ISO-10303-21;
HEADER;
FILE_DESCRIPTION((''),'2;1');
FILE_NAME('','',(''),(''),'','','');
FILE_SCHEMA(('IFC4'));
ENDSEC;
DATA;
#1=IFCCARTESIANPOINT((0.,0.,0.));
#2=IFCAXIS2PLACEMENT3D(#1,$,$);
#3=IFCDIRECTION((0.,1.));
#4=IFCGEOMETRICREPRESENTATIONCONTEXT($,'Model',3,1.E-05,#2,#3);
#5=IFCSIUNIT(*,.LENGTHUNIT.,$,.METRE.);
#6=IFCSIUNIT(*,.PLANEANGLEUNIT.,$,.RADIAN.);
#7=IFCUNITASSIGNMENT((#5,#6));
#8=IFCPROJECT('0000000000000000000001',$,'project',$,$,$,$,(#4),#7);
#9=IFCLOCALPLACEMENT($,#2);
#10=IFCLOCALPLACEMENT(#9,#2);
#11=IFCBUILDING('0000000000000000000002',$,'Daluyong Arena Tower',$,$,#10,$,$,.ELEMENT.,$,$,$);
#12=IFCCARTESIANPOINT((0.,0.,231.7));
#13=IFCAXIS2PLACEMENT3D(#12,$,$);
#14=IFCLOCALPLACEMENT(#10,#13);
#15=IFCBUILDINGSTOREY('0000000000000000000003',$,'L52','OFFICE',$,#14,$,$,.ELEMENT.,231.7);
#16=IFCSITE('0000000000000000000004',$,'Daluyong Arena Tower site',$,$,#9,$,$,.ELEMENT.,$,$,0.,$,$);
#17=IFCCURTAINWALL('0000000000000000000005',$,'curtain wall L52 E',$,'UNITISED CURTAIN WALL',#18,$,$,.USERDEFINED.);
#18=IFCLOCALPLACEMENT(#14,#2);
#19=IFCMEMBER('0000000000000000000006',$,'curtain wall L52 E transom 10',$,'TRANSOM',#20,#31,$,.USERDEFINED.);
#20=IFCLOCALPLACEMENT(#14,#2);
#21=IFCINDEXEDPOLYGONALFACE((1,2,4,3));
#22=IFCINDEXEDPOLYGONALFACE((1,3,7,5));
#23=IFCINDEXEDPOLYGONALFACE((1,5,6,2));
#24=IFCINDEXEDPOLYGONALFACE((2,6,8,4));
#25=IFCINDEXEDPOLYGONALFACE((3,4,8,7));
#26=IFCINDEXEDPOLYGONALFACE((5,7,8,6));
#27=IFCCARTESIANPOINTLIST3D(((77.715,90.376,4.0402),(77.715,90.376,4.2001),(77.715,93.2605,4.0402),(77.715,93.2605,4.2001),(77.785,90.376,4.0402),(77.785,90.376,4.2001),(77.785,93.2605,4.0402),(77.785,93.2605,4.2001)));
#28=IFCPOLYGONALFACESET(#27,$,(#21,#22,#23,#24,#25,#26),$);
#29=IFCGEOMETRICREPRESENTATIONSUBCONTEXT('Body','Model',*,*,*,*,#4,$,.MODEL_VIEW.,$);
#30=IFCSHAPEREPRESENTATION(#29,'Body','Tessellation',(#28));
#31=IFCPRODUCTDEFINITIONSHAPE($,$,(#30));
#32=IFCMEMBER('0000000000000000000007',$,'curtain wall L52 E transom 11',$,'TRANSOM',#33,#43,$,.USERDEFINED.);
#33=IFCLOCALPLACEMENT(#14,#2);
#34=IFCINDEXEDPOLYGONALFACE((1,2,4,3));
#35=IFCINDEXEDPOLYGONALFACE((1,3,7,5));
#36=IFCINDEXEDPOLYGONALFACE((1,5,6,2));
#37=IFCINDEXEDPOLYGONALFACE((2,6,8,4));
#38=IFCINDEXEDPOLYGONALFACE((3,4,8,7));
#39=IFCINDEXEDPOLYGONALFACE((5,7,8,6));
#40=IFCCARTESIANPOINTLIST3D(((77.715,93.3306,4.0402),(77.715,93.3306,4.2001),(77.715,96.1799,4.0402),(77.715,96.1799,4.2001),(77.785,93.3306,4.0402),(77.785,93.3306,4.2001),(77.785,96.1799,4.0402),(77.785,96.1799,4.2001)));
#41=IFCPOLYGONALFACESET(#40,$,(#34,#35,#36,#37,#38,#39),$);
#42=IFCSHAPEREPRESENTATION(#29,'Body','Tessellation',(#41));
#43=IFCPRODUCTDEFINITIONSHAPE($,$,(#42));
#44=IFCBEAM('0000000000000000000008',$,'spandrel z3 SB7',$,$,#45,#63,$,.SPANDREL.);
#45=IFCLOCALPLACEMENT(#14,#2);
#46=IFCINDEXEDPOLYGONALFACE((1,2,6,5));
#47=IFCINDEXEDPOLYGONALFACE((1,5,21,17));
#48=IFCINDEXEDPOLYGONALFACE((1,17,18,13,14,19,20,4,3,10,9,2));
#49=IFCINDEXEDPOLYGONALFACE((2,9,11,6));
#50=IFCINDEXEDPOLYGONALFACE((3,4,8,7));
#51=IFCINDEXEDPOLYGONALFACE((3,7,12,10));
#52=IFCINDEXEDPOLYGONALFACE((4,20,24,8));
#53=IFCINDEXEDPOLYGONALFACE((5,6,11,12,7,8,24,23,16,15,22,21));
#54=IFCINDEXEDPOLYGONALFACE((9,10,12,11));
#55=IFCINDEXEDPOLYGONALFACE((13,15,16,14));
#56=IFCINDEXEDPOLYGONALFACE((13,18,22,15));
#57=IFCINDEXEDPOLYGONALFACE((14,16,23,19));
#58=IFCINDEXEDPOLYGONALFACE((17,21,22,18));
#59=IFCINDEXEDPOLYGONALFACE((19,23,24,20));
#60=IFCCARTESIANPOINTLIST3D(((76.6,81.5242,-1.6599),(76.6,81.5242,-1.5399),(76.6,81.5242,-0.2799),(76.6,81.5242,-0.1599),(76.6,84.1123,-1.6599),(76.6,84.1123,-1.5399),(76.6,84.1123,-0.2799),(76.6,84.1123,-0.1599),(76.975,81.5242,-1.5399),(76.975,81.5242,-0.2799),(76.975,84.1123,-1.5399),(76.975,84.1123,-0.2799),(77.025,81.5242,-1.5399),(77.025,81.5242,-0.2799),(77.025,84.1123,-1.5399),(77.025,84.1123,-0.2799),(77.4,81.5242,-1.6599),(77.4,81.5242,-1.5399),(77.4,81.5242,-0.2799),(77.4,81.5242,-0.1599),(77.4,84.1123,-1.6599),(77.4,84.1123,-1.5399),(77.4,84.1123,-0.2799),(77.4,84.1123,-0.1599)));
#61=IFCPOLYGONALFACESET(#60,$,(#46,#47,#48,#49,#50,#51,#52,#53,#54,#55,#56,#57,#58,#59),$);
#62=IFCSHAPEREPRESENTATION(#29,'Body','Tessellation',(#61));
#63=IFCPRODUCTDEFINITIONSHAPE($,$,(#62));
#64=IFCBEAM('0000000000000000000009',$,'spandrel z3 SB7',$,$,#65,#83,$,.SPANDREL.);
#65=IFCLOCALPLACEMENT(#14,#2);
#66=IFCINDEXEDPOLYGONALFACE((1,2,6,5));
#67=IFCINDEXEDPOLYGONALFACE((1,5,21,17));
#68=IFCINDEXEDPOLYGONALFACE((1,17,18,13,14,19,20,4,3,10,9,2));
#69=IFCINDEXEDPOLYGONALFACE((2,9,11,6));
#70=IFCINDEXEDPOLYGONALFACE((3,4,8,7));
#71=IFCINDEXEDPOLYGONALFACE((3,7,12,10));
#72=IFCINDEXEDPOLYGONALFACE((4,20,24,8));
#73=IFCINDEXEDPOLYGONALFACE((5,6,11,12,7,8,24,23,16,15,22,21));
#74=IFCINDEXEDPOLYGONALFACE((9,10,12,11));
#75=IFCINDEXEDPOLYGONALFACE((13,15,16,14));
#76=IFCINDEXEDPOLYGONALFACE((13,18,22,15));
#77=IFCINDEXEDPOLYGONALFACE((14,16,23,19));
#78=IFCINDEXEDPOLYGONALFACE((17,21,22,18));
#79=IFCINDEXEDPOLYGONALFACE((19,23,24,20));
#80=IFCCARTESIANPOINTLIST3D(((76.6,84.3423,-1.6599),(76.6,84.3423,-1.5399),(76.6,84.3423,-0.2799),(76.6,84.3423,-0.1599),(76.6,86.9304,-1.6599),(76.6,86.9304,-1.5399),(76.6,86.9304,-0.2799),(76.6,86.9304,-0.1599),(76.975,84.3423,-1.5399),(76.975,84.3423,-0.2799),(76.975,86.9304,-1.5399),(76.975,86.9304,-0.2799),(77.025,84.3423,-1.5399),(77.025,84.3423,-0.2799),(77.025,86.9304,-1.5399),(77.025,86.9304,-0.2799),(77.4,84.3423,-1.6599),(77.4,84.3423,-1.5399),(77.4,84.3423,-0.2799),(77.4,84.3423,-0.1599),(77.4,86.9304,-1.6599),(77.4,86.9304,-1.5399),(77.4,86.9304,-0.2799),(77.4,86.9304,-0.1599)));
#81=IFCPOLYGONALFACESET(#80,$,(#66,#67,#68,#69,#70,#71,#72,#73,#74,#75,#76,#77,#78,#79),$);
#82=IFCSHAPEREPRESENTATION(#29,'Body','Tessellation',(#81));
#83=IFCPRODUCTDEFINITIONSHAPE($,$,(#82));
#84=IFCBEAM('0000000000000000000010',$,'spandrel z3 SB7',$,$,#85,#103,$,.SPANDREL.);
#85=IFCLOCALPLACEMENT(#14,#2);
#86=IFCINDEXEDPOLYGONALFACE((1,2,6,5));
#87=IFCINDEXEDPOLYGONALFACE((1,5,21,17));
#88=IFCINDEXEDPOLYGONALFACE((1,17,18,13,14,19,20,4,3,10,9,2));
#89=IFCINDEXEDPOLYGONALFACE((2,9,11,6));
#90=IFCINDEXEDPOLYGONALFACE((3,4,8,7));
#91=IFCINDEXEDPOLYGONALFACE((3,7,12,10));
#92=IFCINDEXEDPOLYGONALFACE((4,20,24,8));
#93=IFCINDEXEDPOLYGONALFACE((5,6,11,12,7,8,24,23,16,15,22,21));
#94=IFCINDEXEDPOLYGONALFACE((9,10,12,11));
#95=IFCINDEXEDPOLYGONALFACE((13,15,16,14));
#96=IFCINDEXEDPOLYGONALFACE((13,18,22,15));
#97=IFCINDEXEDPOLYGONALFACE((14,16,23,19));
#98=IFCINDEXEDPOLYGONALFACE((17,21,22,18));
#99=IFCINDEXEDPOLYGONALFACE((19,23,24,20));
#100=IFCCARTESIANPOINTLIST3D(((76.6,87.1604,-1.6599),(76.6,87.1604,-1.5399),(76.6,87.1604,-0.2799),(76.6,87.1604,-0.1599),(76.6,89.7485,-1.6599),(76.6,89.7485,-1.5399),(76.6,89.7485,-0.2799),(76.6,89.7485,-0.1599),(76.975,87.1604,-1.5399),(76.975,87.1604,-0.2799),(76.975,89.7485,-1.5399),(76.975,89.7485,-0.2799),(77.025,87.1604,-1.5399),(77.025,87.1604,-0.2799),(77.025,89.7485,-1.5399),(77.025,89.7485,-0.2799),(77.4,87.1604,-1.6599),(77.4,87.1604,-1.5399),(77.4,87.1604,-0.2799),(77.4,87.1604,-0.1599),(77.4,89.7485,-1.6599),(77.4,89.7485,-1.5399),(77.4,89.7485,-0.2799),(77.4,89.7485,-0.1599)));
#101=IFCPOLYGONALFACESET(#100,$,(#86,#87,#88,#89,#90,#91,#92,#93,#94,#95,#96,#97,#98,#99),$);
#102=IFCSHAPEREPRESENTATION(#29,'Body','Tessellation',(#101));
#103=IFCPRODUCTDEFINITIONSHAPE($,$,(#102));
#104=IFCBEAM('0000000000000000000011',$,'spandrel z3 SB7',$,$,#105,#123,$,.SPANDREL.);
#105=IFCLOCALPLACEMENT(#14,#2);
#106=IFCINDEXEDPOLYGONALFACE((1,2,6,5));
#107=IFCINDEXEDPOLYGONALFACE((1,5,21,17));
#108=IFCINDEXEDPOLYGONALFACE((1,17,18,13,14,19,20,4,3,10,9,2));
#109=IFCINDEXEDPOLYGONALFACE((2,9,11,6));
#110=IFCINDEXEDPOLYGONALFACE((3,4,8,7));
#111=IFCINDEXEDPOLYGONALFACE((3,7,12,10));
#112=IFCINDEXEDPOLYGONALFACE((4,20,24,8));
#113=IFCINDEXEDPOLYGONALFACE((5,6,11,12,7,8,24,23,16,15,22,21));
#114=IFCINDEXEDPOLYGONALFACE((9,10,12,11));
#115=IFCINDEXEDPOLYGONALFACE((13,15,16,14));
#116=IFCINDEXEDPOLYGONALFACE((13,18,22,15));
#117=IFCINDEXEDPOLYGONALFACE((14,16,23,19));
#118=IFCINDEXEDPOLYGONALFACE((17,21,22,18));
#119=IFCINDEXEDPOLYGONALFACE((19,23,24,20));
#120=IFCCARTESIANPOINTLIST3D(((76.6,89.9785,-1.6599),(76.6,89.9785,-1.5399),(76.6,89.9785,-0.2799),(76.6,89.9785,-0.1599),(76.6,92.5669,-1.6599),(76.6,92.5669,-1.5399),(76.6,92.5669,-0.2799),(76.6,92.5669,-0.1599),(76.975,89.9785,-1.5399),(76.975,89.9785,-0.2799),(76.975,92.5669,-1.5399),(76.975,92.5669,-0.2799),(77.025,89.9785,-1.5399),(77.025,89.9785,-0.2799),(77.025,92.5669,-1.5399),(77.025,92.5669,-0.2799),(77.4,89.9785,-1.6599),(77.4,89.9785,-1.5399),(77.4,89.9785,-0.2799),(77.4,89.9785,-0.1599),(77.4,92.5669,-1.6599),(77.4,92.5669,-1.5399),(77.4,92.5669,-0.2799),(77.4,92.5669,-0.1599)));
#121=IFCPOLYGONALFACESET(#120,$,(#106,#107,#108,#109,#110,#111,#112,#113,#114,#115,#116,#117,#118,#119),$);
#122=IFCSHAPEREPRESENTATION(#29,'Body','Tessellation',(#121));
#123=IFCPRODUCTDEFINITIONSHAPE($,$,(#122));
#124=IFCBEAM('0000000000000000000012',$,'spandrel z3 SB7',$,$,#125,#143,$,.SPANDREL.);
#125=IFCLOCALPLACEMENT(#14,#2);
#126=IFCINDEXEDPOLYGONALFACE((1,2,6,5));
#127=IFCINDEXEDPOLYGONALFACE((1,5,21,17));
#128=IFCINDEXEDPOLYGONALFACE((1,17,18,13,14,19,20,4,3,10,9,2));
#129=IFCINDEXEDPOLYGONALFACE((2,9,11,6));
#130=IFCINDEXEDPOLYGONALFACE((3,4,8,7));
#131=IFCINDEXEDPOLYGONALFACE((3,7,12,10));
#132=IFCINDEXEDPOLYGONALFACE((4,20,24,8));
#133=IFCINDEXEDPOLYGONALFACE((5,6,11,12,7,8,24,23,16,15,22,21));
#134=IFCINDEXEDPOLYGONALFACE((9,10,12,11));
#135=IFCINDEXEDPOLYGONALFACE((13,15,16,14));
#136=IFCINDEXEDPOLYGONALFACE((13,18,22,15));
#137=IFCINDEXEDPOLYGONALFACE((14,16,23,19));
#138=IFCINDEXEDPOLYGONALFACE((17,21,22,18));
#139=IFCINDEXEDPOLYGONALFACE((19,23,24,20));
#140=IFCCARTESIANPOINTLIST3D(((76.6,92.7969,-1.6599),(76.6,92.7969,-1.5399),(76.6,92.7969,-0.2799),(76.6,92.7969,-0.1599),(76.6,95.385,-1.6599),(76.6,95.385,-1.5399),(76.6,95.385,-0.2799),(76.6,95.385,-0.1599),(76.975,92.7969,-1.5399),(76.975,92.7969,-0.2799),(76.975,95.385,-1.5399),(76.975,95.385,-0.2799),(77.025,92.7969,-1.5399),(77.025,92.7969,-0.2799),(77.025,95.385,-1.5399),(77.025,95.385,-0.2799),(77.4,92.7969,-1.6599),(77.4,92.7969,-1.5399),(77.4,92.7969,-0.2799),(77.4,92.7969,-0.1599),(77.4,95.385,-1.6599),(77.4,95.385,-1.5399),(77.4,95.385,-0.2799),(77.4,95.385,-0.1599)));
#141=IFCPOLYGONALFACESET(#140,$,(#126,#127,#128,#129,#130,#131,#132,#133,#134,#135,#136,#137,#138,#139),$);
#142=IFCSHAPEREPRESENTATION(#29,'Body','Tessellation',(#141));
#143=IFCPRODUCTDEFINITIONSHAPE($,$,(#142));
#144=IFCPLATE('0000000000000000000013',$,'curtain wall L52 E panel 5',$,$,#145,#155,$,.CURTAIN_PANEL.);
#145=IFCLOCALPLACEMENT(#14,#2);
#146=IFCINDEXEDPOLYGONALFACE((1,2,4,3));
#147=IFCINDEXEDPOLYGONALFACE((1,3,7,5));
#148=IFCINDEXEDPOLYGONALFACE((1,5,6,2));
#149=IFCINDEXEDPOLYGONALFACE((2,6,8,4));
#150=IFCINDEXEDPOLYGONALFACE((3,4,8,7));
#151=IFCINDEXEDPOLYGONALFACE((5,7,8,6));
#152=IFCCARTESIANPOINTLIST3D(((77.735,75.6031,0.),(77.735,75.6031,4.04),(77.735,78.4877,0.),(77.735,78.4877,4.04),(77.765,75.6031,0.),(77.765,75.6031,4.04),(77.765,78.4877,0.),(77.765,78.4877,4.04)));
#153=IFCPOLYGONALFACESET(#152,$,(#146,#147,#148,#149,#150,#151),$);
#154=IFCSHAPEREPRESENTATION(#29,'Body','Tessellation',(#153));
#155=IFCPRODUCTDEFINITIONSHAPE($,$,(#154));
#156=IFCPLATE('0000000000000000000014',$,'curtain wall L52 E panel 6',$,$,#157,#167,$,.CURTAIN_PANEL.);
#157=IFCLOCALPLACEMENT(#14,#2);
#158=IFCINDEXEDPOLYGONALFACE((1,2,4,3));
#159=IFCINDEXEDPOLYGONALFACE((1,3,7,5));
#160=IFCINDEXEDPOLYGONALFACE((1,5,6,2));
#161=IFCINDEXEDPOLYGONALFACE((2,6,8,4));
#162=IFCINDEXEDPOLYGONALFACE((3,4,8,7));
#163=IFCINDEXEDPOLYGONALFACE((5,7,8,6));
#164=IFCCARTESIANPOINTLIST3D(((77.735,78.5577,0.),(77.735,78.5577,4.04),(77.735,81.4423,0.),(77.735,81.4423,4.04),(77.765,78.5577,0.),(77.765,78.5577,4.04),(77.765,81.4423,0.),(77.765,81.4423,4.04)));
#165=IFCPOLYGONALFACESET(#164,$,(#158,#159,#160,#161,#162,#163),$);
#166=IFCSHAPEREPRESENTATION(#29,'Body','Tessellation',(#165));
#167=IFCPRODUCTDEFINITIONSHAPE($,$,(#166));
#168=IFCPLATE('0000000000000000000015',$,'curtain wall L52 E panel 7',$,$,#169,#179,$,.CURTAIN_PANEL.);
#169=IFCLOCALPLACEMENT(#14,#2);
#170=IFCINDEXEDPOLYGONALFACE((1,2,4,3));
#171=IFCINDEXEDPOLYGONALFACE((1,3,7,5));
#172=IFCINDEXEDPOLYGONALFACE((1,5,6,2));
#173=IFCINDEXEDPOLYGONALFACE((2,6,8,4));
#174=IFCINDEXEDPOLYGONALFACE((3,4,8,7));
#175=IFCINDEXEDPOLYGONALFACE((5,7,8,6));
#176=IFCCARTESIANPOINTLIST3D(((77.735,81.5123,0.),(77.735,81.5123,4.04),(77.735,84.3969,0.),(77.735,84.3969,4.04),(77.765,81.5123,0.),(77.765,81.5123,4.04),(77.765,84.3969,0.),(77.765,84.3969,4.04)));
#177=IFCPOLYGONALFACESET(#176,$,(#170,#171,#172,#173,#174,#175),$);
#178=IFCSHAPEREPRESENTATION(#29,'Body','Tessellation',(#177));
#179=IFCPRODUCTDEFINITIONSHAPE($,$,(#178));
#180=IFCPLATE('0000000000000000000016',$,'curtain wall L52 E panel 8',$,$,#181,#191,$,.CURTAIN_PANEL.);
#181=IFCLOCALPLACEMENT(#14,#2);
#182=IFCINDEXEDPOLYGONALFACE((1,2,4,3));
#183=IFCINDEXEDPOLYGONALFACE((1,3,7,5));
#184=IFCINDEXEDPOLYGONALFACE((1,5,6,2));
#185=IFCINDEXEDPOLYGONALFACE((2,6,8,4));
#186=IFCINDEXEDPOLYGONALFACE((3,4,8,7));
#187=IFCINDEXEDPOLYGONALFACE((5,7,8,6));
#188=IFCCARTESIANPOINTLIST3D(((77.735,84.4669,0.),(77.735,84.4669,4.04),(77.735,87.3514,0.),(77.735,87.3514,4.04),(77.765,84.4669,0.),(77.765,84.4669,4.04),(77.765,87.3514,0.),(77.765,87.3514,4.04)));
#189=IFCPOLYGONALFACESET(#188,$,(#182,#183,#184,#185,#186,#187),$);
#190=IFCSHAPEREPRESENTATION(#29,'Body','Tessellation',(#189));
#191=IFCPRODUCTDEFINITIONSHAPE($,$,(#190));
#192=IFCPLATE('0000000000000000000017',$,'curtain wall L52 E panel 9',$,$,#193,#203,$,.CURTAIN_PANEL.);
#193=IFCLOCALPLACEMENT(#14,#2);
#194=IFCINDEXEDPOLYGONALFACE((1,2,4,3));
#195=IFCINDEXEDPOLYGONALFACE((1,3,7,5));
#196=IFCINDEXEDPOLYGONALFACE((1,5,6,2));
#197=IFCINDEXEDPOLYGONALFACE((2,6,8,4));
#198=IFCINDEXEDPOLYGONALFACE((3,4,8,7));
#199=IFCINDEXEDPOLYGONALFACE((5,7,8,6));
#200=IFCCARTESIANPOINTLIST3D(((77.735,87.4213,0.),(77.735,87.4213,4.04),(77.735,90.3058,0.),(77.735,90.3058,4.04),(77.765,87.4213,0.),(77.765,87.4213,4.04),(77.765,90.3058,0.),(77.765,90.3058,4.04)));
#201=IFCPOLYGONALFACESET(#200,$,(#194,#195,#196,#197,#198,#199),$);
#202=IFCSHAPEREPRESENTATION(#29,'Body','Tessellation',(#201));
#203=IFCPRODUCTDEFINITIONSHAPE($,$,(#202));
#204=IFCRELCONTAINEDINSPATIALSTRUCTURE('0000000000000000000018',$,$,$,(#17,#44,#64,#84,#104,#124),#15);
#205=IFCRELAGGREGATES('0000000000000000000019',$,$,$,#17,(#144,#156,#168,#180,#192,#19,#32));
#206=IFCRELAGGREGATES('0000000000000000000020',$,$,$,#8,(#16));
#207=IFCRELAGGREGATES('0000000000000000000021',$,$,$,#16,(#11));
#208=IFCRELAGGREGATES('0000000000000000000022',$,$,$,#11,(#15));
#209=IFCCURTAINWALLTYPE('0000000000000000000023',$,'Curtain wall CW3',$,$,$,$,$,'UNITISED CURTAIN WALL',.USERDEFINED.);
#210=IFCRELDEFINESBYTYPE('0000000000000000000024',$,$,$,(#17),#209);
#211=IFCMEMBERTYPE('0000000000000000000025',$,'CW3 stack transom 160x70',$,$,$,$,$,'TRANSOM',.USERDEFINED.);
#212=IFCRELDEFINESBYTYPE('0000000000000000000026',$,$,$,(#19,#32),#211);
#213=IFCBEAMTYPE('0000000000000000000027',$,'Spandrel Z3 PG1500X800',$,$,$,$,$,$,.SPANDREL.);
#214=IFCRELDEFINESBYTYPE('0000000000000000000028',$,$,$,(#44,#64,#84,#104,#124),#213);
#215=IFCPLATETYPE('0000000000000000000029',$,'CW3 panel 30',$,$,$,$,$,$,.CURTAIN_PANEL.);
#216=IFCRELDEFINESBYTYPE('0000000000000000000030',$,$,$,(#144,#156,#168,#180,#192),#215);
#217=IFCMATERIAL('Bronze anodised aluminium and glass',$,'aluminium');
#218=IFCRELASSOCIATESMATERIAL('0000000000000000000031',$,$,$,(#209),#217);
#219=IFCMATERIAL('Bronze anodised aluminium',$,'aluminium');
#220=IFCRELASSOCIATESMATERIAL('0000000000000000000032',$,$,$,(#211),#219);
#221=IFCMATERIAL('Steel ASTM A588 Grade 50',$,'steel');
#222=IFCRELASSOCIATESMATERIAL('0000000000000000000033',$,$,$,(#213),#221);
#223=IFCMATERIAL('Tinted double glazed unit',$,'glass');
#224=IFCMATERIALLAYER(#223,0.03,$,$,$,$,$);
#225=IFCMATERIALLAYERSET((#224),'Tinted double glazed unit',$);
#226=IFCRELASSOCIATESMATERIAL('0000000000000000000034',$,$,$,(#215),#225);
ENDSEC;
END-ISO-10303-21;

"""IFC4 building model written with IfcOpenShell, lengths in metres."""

from ifc_helpers import new_model, si_unit, direction, frame, origin, origin_2d, place, context, subcontext, project, spatial, rectangle, i_section, extrude, material, layer, layer_set, material_profile, profile_set, type_object, element, aggregate, save


model = new_model("IFC4")

# Units and contexts
model_context = context("Model", 3, precision=1e-05, world=origin(), true_north=direction((0.0, 1.0)))
body_context = subcontext(model_context, "Body", "Model", "MODEL_VIEW")
ifc_project = project(units=[si_unit("LENGTHUNIT", "METRE"), si_unit("PLANEANGLEUNIT", "RADIAN")], contexts=[model_context])

# Site, building, storey
site_placement = place(None, origin())
site = spatial("IfcSite", under=ifc_project, at=site_placement, Name="Daluyong Arena Tower site", CompositionType="ELEMENT", RefElevation=0.0)
building_placement = place(site_placement, origin())
building = spatial("IfcBuilding", under=site, at=building_placement, Name="Daluyong Arena Tower", CompositionType="ELEMENT")
storey_placement = place(building_placement, frame((0.0, 0.0, 231.7)))
storey = spatial("IfcBuildingStorey", under=building, at=storey_placement, Name="L52", Description="OFFICE", CompositionType="ELEMENT", Elevation=231.7)

# Curtain wall, members
ifc_material_1 = material(Name="Bronze anodised aluminium and glass", Category="aluminium")
curtain_wall_type = type_object("IfcCurtainWallType", Name="Curtain wall CW3", ElementType="UNITISED CURTAIN WALL", PredefinedType="USERDEFINED", material=ifc_material_1)
curtain_wall_placement = place(storey_placement, origin())
curtain_wall = element("IfcCurtainWall", 1, at=curtain_wall_placement, inside=storey, type_object=curtain_wall_type, Name="curtain wall L52 E", ObjectType="UNITISED CURTAIN WALL", PredefinedType="USERDEFINED")
ifc_material_2 = material(Name="Bronze anodised aluminium", Category="aluminium")
ifc_material_profile_1 = material_profile(ifc_material_2, rectangle(XDim=0.0701, YDim=0.1599, at=origin_2d()))
ifc_profile_set_1 = profile_set([ifc_material_profile_1], Name="Bronze anodised aluminium")
member_type_1 = type_object("IfcMemberType", Name="CW3 stack transom 160x70", ElementType="TRANSOM", PredefinedType="USERDEFINED", material=ifc_profile_set_1)
member_1_placement = place(storey_placement, frame((77.75, 90.376, 4.1201), z_axis=(0.0, 1.0, 0.0), x_axis=(-1.0, 0.0, 0.0)))
member_1 = element("IfcMember", 2, at=member_1_placement, type_object=member_type_1, Name="curtain wall L52 E transom 10", ObjectType="TRANSOM", PredefinedType="USERDEFINED", context=body_context, shape_type="SweptSolid", body=[
    extrude(rectangle(XDim=0.0701, YDim=0.1599, at=origin_2d()), origin(), (0.0, 0.0, 1.0), 2.8845),
])
member_2_placement = place(storey_placement, frame((77.75, 93.3306, 4.1201), z_axis=(0.0, 1.0, 0.0), x_axis=(-1.0, 0.0, 0.0)))
member_2 = element("IfcMember", 3, at=member_2_placement, type_object=member_type_1, Name="curtain wall L52 E transom 11", ObjectType="TRANSOM", PredefinedType="USERDEFINED", context=body_context, shape_type="SweptSolid", body=[
    extrude(rectangle(XDim=0.0701, YDim=0.1599, at=origin_2d()), origin(), (0.0, 0.0, 1.0), 2.8494),
])

# Beams
ifc_material_3 = material(Name="Steel ASTM A588 Grade 50", Category="steel")
ifc_material_profile_2 = material_profile(ifc_material_3, i_section(OverallWidth=0.8, OverallDepth=1.5, WebThickness=0.05, FlangeThickness=0.12, at=origin_2d()))
ifc_profile_set_2 = profile_set([ifc_material_profile_2], Name="Steel ASTM A588 Grade 50")
beam_type = type_object("IfcBeamType", Name="Spandrel Z3 PG1500X800", PredefinedType="SPANDREL", material=ifc_profile_set_2)
for number, where, z_axis, x_axis, name in (
    (4, (77.0, 81.5242, -0.9099), (0.0, 1.0, 0.0), (-1.0, 0.0, 0.0), "spandrel z3 SB7"),
    (5, (77.0, 84.3423, -0.9099), (0.0, 1.0, 0.0), (-1.0, 0.0, 0.0), "spandrel z3 SB7"),
    (6, (77.0, 87.1604, -0.9099), (0.0, 1.0, 0.0), (-1.0, 0.0, 0.0), "spandrel z3 SB7"),
):
    element("IfcBeam", number, at=place(storey_placement, frame(where, z_axis=z_axis, x_axis=x_axis)), inside=storey, type_object=beam_type, Name=name, PredefinedType="SPANDREL", context=body_context, shape_type="SweptSolid", body=[
        extrude(i_section(OverallWidth=0.8, OverallDepth=1.5, WebThickness=0.05, FlangeThickness=0.12, at=origin_2d()), origin(), (0.0, 0.0, 1.0), 2.5881),
    ])
beam_1_placement = place(storey_placement, frame((77.0, 89.9785, -0.9099), z_axis=(0.0, 1.0, 0.0), x_axis=(-1.0, 0.0, 0.0)))
element("IfcBeam", 7, at=beam_1_placement, inside=storey, type_object=beam_type, Name="spandrel z3 SB7", PredefinedType="SPANDREL", context=body_context, shape_type="SweptSolid", body=[
    extrude(i_section(OverallWidth=0.8, OverallDepth=1.5, WebThickness=0.05, FlangeThickness=0.12, at=origin_2d()), origin(), (0.0, 0.0, 1.0), 2.5884),
])
beam_2_placement = place(storey_placement, frame((77.0, 92.7969, -0.9099), z_axis=(0.0, 1.0, 0.0), x_axis=(-1.0, 0.0, 0.0)))
element("IfcBeam", 8, at=beam_2_placement, inside=storey, type_object=beam_type, Name="spandrel z3 SB7", PredefinedType="SPANDREL", context=body_context, shape_type="SweptSolid", body=[
    extrude(i_section(OverallWidth=0.8, OverallDepth=1.5, WebThickness=0.05, FlangeThickness=0.12, at=origin_2d()), origin(), (0.0, 0.0, 1.0), 2.5881),
])

# Plates
ifc_material_4 = material(Name="Tinted double glazed unit", Category="glass")
ifc_layer = layer(ifc_material_4, 0.03)
ifc_layer_set = layer_set([ifc_layer], Name="Tinted double glazed unit")
plate_type = type_object("IfcPlateType", Name="CW3 panel 30", PredefinedType="CURTAIN_PANEL", material=ifc_layer_set)
plate_1_placement = place(storey_placement, frame((77.75, 77.0454, 0.0), z_axis=(0.0, 0.0, 1.0), x_axis=(0.0, 1.0, 0.0)))
plate_1 = element("IfcPlate", 9, at=plate_1_placement, type_object=plate_type, Name="curtain wall L52 E panel 5", PredefinedType="CURTAIN_PANEL", context=body_context, shape_type="SweptSolid", body=[
    extrude(rectangle(XDim=2.8845, YDim=0.03, at=origin_2d()), origin(), (0.0, 0.0, 1.0), 4.04),
])
plate_2_placement = place(storey_placement, frame((77.75, 80.0, 0.0), z_axis=(0.0, 0.0, 1.0), x_axis=(0.0, 1.0, 0.0)))
plate_2 = element("IfcPlate", 10, at=plate_2_placement, type_object=plate_type, Name="curtain wall L52 E panel 6", PredefinedType="CURTAIN_PANEL", context=body_context, shape_type="SweptSolid", body=[
    extrude(rectangle(XDim=2.8845, YDim=0.03, at=origin_2d()), origin(), (0.0, 0.0, 1.0), 4.04),
])
plate_3_placement = place(storey_placement, frame((77.75, 82.9546, 0.0), z_axis=(0.0, 0.0, 1.0), x_axis=(0.0, 1.0, 0.0)))
plate_3 = element("IfcPlate", 11, at=plate_3_placement, type_object=plate_type, Name="curtain wall L52 E panel 7", PredefinedType="CURTAIN_PANEL", context=body_context, shape_type="SweptSolid", body=[
    extrude(rectangle(XDim=2.8845, YDim=0.03, at=origin_2d()), origin(), (0.0, 0.0, 1.0), 4.04),
])
plate_4_placement = place(storey_placement, frame((77.75, 85.9092, 0.0), z_axis=(0.0, 0.0, 1.0), x_axis=(0.0, 1.0, 0.0)))
plate_4 = element("IfcPlate", 12, at=plate_4_placement, type_object=plate_type, Name="curtain wall L52 E panel 8", PredefinedType="CURTAIN_PANEL", context=body_context, shape_type="SweptSolid", body=[
    extrude(rectangle(XDim=2.8845, YDim=0.03, at=origin_2d()), origin(), (0.0, 0.0, 1.0), 4.04),
])
plate_5_placement = place(storey_placement, frame((77.75, 88.8635, 0.0), z_axis=(0.0, 0.0, 1.0), x_axis=(0.0, 1.0, 0.0)))
plate_5 = element("IfcPlate", 13, at=plate_5_placement, type_object=plate_type, Name="curtain wall L52 E panel 9", PredefinedType="CURTAIN_PANEL", context=body_context, shape_type="SweptSolid", body=[
    extrude(rectangle(XDim=2.8845, YDim=0.03, at=origin_2d()), origin(), (0.0, 0.0, 1.0), 4.04),
])
aggregate(curtain_wall, [plate_1, plate_2, plate_3, plate_4, plate_5, member_1, member_2])

save(model, "model.ifc")
